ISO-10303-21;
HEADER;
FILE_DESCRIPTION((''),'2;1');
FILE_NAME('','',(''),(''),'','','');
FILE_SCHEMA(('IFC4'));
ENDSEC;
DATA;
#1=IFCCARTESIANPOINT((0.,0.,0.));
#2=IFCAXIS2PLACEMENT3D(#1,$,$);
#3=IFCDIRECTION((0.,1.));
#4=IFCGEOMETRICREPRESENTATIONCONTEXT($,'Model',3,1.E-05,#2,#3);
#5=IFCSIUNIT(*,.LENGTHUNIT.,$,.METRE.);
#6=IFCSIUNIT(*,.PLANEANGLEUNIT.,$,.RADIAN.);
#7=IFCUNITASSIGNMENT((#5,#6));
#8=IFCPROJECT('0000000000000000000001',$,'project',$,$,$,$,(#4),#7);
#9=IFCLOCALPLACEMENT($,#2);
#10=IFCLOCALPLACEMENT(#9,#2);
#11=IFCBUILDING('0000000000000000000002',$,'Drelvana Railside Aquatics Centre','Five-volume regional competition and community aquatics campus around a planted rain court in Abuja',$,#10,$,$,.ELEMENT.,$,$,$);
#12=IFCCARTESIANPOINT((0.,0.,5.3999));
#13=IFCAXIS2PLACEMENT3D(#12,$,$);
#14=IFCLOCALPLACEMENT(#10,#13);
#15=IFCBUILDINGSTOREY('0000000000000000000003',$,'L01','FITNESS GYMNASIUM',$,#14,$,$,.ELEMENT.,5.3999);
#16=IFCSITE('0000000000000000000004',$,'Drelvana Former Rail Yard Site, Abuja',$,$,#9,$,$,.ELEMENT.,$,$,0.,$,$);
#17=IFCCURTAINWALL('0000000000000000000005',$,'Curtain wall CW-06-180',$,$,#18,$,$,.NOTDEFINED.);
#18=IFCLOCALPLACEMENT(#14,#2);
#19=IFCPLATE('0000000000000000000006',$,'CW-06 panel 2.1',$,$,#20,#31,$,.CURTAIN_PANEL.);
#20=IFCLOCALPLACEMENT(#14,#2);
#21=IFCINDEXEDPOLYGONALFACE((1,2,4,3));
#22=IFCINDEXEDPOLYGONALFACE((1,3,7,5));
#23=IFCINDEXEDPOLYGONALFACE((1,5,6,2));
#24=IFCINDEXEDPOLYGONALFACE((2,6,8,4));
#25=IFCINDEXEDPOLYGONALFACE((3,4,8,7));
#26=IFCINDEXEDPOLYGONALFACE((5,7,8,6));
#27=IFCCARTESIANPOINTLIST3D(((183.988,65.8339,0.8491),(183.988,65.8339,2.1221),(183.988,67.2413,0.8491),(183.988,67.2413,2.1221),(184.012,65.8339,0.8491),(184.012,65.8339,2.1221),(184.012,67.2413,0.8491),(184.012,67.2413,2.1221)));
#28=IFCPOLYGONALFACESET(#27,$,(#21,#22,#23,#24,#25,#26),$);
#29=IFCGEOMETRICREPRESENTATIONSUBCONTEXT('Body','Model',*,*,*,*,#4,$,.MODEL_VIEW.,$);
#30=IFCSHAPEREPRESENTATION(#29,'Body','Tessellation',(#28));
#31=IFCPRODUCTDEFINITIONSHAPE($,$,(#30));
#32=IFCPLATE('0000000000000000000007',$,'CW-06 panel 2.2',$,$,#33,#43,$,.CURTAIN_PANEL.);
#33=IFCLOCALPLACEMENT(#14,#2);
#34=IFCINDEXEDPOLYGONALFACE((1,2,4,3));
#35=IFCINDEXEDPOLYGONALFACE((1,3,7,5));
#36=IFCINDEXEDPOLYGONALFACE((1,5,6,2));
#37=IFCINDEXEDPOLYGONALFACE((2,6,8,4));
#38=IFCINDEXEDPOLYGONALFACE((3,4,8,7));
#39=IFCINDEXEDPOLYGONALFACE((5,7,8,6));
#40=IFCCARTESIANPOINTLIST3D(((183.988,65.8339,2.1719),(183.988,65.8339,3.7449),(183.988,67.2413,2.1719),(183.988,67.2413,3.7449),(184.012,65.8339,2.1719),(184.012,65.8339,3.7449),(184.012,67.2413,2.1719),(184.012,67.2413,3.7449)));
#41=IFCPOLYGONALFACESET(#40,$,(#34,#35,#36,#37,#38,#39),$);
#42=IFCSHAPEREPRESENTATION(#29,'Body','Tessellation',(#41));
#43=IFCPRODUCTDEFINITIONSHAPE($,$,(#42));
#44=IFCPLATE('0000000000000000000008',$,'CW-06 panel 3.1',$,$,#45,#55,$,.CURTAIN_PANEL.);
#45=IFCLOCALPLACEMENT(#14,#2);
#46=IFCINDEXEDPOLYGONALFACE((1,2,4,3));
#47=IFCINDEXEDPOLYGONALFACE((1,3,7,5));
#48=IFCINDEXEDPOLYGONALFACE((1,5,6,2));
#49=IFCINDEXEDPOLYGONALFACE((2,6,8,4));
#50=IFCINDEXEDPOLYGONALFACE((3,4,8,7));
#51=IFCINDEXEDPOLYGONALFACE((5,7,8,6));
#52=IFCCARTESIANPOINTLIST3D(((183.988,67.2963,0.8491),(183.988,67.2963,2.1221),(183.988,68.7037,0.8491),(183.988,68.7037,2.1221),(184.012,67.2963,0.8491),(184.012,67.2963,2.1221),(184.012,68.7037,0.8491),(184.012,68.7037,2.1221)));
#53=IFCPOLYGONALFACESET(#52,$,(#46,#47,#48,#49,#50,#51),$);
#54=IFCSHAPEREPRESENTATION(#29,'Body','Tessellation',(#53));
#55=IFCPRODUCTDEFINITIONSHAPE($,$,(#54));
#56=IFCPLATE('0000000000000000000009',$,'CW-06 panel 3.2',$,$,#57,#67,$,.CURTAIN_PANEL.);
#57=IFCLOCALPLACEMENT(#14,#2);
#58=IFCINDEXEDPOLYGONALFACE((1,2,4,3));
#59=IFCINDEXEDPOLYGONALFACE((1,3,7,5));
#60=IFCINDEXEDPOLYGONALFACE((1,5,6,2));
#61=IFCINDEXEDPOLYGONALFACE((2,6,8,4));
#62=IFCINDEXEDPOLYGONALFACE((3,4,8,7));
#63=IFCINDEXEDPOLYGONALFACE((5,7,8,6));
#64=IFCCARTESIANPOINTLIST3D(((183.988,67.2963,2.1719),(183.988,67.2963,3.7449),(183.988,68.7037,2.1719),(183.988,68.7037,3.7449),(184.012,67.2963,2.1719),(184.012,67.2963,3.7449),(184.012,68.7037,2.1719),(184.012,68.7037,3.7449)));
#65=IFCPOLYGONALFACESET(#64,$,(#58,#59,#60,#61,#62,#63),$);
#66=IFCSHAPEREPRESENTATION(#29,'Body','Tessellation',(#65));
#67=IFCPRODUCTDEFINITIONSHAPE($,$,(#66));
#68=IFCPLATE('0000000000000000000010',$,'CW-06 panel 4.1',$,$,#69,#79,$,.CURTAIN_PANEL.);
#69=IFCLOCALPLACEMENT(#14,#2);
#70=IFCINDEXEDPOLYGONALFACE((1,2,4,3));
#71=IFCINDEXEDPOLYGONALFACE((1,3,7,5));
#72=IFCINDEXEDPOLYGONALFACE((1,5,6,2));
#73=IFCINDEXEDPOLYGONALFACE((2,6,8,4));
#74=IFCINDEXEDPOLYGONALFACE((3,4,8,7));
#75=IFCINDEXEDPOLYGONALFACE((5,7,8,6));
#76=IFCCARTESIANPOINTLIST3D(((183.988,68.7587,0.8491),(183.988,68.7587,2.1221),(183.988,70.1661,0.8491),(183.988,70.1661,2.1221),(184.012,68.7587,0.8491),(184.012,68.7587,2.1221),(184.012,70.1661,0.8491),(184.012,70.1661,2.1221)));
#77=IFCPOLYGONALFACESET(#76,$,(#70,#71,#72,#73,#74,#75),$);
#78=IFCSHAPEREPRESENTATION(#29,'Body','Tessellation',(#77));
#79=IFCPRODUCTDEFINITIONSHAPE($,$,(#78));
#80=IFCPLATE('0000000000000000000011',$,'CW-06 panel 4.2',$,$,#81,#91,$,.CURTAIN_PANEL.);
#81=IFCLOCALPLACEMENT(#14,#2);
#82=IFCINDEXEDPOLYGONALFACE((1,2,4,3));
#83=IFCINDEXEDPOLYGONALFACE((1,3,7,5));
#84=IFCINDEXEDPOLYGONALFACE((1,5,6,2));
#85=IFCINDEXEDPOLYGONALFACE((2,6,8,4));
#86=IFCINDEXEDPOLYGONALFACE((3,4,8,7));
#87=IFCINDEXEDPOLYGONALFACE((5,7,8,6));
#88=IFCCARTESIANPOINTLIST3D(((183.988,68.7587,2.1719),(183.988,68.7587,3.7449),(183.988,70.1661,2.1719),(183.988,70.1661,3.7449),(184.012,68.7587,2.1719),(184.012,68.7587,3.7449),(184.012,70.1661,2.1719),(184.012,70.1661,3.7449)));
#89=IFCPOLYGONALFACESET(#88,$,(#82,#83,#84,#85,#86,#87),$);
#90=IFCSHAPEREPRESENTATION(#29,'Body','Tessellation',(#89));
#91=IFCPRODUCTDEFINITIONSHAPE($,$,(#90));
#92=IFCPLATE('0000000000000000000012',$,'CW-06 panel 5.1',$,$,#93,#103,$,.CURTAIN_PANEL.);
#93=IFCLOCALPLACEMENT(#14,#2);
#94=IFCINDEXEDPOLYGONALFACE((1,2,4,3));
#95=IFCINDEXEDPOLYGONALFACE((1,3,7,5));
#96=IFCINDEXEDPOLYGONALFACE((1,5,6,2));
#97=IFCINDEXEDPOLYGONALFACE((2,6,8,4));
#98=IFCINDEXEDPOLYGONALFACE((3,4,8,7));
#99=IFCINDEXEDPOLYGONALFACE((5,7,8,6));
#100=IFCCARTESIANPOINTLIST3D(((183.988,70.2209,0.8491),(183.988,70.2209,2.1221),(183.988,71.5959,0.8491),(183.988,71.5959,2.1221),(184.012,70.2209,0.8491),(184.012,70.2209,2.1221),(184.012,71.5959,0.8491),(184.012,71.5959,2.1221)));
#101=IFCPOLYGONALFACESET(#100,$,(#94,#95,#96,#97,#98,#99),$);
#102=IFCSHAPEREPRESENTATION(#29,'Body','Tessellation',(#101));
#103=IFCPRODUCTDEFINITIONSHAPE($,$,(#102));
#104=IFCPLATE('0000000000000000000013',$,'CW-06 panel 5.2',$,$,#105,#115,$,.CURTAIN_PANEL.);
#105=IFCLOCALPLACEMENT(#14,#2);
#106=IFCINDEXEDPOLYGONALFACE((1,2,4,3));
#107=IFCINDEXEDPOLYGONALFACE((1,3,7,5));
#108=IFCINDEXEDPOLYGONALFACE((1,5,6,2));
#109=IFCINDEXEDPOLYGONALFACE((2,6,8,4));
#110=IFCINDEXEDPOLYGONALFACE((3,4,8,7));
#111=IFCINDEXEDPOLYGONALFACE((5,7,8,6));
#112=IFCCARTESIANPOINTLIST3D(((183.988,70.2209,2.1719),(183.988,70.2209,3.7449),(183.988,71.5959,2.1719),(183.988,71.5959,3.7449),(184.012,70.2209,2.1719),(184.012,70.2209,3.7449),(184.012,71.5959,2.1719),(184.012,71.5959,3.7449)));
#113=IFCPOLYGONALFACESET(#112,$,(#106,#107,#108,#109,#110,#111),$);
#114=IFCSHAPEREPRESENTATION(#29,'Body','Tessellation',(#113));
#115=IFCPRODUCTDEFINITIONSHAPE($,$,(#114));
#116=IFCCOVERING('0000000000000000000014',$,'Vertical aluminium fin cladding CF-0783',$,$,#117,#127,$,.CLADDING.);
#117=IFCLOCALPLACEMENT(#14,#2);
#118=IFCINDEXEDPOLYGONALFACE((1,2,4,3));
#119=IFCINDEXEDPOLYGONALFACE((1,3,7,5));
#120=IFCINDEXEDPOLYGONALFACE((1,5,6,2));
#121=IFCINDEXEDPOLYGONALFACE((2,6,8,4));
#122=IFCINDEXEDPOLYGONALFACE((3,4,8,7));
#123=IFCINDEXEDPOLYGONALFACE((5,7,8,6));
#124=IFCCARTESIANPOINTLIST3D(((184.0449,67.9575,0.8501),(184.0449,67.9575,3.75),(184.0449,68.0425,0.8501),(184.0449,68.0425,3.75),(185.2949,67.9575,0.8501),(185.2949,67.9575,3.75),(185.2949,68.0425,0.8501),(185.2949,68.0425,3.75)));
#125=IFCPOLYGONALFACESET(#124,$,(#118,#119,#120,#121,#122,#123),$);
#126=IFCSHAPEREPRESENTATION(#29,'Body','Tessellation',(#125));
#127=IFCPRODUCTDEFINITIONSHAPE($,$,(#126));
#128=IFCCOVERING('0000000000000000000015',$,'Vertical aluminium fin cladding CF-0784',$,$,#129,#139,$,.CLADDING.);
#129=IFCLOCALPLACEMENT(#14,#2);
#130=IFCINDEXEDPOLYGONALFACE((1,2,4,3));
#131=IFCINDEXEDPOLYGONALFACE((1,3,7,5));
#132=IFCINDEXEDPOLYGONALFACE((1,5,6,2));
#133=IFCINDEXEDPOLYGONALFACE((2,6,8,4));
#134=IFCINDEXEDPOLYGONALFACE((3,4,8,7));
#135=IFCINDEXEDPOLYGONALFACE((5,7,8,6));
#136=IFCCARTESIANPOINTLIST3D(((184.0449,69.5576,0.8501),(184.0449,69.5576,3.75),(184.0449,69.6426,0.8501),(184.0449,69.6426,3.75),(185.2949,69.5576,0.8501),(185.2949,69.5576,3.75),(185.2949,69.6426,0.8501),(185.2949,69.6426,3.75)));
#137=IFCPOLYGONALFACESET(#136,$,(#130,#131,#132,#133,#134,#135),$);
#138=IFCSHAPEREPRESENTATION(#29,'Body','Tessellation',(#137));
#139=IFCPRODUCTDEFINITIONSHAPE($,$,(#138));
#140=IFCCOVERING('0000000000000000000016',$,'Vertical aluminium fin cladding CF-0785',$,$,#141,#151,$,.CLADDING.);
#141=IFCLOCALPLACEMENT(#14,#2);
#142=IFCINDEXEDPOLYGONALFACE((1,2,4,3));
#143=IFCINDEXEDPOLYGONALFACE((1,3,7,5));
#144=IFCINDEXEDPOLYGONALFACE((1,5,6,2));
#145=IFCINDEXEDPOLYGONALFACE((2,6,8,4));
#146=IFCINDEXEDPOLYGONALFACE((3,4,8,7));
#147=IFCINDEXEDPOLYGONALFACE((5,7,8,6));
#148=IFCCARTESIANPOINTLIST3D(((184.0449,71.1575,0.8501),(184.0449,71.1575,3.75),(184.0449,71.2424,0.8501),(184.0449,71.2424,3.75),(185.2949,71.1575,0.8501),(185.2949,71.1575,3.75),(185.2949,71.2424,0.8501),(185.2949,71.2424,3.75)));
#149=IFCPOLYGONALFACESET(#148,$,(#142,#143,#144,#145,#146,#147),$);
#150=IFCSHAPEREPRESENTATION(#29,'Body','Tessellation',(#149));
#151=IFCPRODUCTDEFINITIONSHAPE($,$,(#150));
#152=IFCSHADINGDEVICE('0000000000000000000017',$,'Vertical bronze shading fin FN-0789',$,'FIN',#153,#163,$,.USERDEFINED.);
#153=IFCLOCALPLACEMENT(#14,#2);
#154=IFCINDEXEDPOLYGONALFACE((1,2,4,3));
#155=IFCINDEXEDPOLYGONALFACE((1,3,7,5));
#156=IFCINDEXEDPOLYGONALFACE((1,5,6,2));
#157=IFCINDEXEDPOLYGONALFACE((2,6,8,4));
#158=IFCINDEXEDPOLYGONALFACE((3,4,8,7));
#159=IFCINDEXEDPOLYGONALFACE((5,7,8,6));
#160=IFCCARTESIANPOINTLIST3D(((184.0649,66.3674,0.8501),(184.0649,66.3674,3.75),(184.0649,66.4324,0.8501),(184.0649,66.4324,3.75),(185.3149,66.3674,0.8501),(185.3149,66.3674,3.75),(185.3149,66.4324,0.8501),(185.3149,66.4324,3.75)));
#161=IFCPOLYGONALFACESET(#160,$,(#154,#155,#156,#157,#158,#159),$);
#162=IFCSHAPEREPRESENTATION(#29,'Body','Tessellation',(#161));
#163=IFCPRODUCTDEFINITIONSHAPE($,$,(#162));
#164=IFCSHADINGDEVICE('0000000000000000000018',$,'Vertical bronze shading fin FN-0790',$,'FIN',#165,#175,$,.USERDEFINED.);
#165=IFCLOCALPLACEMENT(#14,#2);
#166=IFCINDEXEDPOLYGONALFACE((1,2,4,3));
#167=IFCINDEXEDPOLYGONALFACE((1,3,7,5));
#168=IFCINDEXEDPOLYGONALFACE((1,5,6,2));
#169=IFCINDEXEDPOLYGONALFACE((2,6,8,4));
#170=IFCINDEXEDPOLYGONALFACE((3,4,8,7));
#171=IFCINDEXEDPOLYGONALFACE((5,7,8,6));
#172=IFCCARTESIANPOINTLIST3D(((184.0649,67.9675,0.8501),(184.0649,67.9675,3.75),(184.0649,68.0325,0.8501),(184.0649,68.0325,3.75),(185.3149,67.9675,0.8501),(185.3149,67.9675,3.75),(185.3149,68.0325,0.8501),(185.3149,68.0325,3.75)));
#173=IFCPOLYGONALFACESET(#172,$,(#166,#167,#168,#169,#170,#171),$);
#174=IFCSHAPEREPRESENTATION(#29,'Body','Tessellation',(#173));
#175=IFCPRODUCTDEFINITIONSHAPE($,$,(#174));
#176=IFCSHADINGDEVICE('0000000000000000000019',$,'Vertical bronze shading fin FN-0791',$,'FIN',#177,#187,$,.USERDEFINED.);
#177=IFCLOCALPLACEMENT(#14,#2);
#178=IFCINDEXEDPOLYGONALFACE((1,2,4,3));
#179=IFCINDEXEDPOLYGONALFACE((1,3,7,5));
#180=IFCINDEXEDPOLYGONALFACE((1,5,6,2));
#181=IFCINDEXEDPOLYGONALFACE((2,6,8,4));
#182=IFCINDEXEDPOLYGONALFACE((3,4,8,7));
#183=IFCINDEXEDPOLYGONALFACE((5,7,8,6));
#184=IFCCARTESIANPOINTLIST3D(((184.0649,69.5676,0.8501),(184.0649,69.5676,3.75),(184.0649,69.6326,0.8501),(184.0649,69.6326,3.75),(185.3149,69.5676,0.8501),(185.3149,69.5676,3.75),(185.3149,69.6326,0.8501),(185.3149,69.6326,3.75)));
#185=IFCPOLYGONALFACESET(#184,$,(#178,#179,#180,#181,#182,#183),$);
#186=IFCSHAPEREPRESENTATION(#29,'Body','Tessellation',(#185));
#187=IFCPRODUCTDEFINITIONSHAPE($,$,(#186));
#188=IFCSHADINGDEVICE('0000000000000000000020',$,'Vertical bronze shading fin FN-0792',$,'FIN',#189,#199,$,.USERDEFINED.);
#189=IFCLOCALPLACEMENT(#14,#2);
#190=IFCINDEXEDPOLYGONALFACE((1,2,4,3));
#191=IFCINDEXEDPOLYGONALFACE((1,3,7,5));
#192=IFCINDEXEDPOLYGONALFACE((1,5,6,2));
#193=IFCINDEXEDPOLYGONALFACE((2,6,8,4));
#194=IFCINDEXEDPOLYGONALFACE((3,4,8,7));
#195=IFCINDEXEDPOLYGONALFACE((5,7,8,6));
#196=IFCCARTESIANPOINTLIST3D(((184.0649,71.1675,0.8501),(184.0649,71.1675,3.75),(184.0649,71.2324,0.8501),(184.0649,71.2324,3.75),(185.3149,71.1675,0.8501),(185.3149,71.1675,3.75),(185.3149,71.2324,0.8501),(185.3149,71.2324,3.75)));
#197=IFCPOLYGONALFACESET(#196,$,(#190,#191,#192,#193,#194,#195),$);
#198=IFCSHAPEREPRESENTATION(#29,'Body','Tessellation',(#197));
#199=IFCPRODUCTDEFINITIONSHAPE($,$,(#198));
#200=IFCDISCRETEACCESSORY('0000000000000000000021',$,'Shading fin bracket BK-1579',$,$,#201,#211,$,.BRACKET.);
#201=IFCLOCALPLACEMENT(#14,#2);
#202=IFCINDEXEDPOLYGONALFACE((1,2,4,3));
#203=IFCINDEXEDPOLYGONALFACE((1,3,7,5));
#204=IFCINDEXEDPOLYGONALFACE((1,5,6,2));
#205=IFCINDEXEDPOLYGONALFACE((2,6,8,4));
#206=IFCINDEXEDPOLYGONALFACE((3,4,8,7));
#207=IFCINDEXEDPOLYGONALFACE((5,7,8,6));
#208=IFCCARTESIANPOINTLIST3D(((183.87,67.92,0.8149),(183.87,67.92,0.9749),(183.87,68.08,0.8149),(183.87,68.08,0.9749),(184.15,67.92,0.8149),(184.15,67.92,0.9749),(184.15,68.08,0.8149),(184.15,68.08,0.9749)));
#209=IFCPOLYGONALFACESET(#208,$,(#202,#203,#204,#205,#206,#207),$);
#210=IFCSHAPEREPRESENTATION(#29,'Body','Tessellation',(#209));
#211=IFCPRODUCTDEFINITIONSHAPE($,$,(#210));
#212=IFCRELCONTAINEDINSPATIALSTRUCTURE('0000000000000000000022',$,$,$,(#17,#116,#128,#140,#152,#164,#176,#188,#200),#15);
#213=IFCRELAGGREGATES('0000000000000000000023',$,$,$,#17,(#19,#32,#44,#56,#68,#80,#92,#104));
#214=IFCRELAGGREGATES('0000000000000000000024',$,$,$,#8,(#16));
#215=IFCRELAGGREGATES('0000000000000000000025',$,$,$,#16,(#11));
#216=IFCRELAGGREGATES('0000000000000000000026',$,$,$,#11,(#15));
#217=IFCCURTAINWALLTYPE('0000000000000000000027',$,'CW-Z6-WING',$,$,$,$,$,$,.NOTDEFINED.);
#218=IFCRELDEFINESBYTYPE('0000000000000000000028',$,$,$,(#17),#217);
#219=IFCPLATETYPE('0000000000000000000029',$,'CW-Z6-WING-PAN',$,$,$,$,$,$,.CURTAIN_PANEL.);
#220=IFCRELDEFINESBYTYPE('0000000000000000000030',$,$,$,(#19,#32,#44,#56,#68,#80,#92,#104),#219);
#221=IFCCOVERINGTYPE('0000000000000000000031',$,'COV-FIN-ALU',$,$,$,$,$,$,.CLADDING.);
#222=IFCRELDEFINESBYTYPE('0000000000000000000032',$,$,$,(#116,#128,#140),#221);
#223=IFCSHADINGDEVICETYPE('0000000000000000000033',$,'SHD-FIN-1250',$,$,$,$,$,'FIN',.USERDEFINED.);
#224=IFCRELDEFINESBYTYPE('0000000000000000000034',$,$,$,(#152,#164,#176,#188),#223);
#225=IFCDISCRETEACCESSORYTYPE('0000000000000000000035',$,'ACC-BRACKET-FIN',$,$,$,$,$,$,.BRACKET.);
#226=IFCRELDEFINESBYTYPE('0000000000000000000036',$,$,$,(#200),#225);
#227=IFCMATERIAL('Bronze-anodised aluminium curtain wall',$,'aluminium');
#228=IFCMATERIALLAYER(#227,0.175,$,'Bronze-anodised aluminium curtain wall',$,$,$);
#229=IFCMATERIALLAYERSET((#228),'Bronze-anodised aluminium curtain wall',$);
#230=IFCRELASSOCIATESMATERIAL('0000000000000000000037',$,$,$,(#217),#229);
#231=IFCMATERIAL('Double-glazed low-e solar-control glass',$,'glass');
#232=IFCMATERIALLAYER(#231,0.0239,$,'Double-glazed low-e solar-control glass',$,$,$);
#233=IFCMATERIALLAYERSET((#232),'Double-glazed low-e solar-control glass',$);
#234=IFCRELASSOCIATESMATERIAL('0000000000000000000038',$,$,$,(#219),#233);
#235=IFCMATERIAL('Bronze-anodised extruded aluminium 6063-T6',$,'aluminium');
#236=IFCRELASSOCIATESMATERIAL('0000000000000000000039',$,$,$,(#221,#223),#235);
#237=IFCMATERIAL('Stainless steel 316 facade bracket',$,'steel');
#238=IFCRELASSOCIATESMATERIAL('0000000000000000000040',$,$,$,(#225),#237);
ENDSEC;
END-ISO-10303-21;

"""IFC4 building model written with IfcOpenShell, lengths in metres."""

from ifc_helpers import new_model, si_unit, direction, frame, origin, origin_2d, place, context, subcontext, project, spatial, rectangle, extrude, material, layer, layer_set, type_object, element, aggregate, save


model = new_model("IFC4")

# Units and contexts
model_context = context("Model", 3, precision=1e-05, world=origin(), true_north=direction((0.0, 1.0)))
body_context = subcontext(model_context, "Body", "Model", "MODEL_VIEW")
ifc_project = project(units=[si_unit("LENGTHUNIT", "METRE"), si_unit("PLANEANGLEUNIT", "RADIAN")], contexts=[model_context])

# Site, building, storey
site_placement = place(None, origin())
site = spatial("IfcSite", under=ifc_project, at=site_placement, Name="Drelvana Former Rail Yard Site, Abuja", CompositionType="ELEMENT", RefElevation=0.0)
building_placement = place(site_placement, origin())
building = spatial("IfcBuilding", under=site, at=building_placement, Name="Drelvana Railside Aquatics Centre", Description="Five-volume regional competition and community aquatics campus around a planted rain court in Abuja", CompositionType="ELEMENT")
storey_placement = place(building_placement, frame((0.0, 0.0, 5.3999)))
storey = spatial("IfcBuildingStorey", under=building, at=storey_placement, Name="L01", Description="FITNESS GYMNASIUM", CompositionType="ELEMENT", Elevation=5.3999)

# Curtain wall, plates
ifc_material_1 = material(Name="Bronze-anodised aluminium curtain wall", Category="aluminium")
ifc_layer_1 = layer(ifc_material_1, 0.175, Name="Bronze-anodised aluminium curtain wall")
ifc_layer_set_1 = layer_set([ifc_layer_1], Name="Bronze-anodised aluminium curtain wall")
curtain_wall_type = type_object("IfcCurtainWallType", Name="CW-Z6-WING", PredefinedType="NOTDEFINED", material=ifc_layer_set_1)
curtain_wall_placement = place(storey_placement, origin())
curtain_wall = element("IfcCurtainWall", 1, at=curtain_wall_placement, inside=storey, type_object=curtain_wall_type, Name="Curtain wall CW-06-180", PredefinedType="NOTDEFINED")
ifc_material_2 = material(Name="Double-glazed low-e solar-control glass", Category="glass")
ifc_layer_2 = layer(ifc_material_2, 0.0239, Name="Double-glazed low-e solar-control glass")
ifc_layer_set_2 = layer_set([ifc_layer_2], Name="Double-glazed low-e solar-control glass")
plate_type = type_object("IfcPlateType", Name="CW-Z6-WING-PAN", PredefinedType="CURTAIN_PANEL", material=ifc_layer_set_2)
plate_1_placement = place(storey_placement, frame((184.0, 66.5376, 0.8491), z_axis=(0.0, 0.0, 1.0), x_axis=(0.0, 1.0, 0.0)))
plate_1 = element("IfcPlate", 2, at=plate_1_placement, type_object=plate_type, Name="CW-06 panel 2.1", PredefinedType="CURTAIN_PANEL", context=body_context, shape_type="SweptSolid", body=[
    extrude(rectangle(XDim=1.4075, YDim=0.0239, at=origin_2d()), origin(), (0.0, 0.0, 1.0), 1.2729),
])
plate_2_placement = place(storey_placement, frame((184.0, 66.5376, 2.1719), z_axis=(0.0, 0.0, 1.0), x_axis=(0.0, 1.0, 0.0)))
plate_2 = element("IfcPlate", 3, at=plate_2_placement, type_object=plate_type, Name="CW-06 panel 2.2", PredefinedType="CURTAIN_PANEL", context=body_context, shape_type="SweptSolid", body=[
    extrude(rectangle(XDim=1.4075, YDim=0.0239, at=origin_2d()), origin(), (0.0, 0.0, 1.0), 1.573),
])
plate_3_placement = place(storey_placement, frame((184.0, 68.0, 0.8491), z_axis=(0.0, 0.0, 1.0), x_axis=(0.0, 1.0, 0.0)))
plate_3 = element("IfcPlate", 4, at=plate_3_placement, type_object=plate_type, Name="CW-06 panel 3.1", PredefinedType="CURTAIN_PANEL", context=body_context, shape_type="SweptSolid", body=[
    extrude(rectangle(XDim=1.4075, YDim=0.0239, at=origin_2d()), origin(), (0.0, 0.0, 1.0), 1.2729),
])
plate_4_placement = place(storey_placement, frame((184.0, 68.0, 2.1719), z_axis=(0.0, 0.0, 1.0), x_axis=(0.0, 1.0, 0.0)))
plate_4 = element("IfcPlate", 5, at=plate_4_placement, type_object=plate_type, Name="CW-06 panel 3.2", PredefinedType="CURTAIN_PANEL", context=body_context, shape_type="SweptSolid", body=[
    extrude(rectangle(XDim=1.4075, YDim=0.0239, at=origin_2d()), origin(), (0.0, 0.0, 1.0), 1.573),
])
plate_5_placement = place(storey_placement, frame((184.0, 69.4624, 0.8491), z_axis=(0.0, 0.0, 1.0), x_axis=(0.0, 1.0, 0.0)))
plate_5 = element("IfcPlate", 6, at=plate_5_placement, type_object=plate_type, Name="CW-06 panel 4.1", PredefinedType="CURTAIN_PANEL", context=body_context, shape_type="SweptSolid", body=[
    extrude(rectangle(XDim=1.4075, YDim=0.0239, at=origin_2d()), origin(), (0.0, 0.0, 1.0), 1.2729),
])
plate_6_placement = place(storey_placement, frame((184.0, 69.4624, 2.1719), z_axis=(0.0, 0.0, 1.0), x_axis=(0.0, 1.0, 0.0)))
plate_6 = element("IfcPlate", 7, at=plate_6_placement, type_object=plate_type, Name="CW-06 panel 4.2", PredefinedType="CURTAIN_PANEL", context=body_context, shape_type="SweptSolid", body=[
    extrude(rectangle(XDim=1.4075, YDim=0.0239, at=origin_2d()), origin(), (0.0, 0.0, 1.0), 1.573),
])
plate_7_placement = place(storey_placement, frame((184.0, 70.9084, 0.8491), z_axis=(0.0, 0.0, 1.0), x_axis=(0.0, 1.0, 0.0)))
plate_7 = element("IfcPlate", 8, at=plate_7_placement, type_object=plate_type, Name="CW-06 panel 5.1", PredefinedType="CURTAIN_PANEL", context=body_context, shape_type="SweptSolid", body=[
    extrude(rectangle(XDim=1.375, YDim=0.0239, at=origin_2d()), origin(), (0.0, 0.0, 1.0), 1.2729),
])
plate_8_placement = place(storey_placement, frame((184.0, 70.9084, 2.1719), z_axis=(0.0, 0.0, 1.0), x_axis=(0.0, 1.0, 0.0)))
plate_8 = element("IfcPlate", 9, at=plate_8_placement, type_object=plate_type, Name="CW-06 panel 5.2", PredefinedType="CURTAIN_PANEL", context=body_context, shape_type="SweptSolid", body=[
    extrude(rectangle(XDim=1.375, YDim=0.0239, at=origin_2d()), origin(), (0.0, 0.0, 1.0), 1.573),
])
aggregate(curtain_wall, [plate_1, plate_2, plate_3, plate_4, plate_5, plate_6, plate_7, plate_8])

# Coverings
ifc_material_3 = material(Name="Bronze-anodised extruded aluminium 6063-T6", Category="aluminium")
covering_type = type_object("IfcCoveringType", Name="COV-FIN-ALU", PredefinedType="CLADDING", material=ifc_material_3)
for number, where, z_axis, x_axis, name in (
    (10, (184.6699, 68.0, 0.8501), (0.0, 0.0, 1.0), (0.0, -1.0, 0.0), "Vertical aluminium fin cladding CF-0783"),
    (11, (184.6699, 69.6001, 0.8501), (0.0, 0.0, 1.0), (0.0, -1.0, 0.0), "Vertical aluminium fin cladding CF-0784"),
    (12, (184.6699, 71.2, 0.8501), (0.0, 0.0, 1.0), (0.0, -1.0, 0.0), "Vertical aluminium fin cladding CF-0785"),
):
    element("IfcCovering", number, at=place(storey_placement, frame(where, z_axis=z_axis, x_axis=x_axis)), inside=storey, type_object=covering_type, Name=name, PredefinedType="CLADDING", context=body_context, shape_type="SweptSolid", body=[
        extrude(rectangle(XDim=0.085, YDim=1.25, at=origin_2d()), origin(), (0.0, 0.0, 1.0), 2.8999),
    ])

# Shading devices
shading_device_type = type_object("IfcShadingDeviceType", Name="SHD-FIN-1250", ElementType="FIN", PredefinedType="USERDEFINED", material=ifc_material_3)
for number, where, z_axis, x_axis, name in (
    (13, (184.6899, 66.3999, 0.8501), (0.0, 0.0, 1.0), (1.0, 0.0, 0.0), "Vertical bronze shading fin FN-0789"),
    (14, (184.6899, 68.0, 0.8501), (0.0, 0.0, 1.0), (1.0, 0.0, 0.0), "Vertical bronze shading fin FN-0790"),
    (15, (184.6899, 69.6001, 0.8501), (0.0, 0.0, 1.0), (1.0, 0.0, 0.0), "Vertical bronze shading fin FN-0791"),
    (16, (184.6899, 71.2, 0.8501), (0.0, 0.0, 1.0), (1.0, 0.0, 0.0), "Vertical bronze shading fin FN-0792"),
):
    element("IfcShadingDevice", number, at=place(storey_placement, frame(where, z_axis=z_axis, x_axis=x_axis)), inside=storey, type_object=shading_device_type, Name=name, ObjectType="FIN", PredefinedType="USERDEFINED", context=body_context, shape_type="SweptSolid", body=[
        extrude(rectangle(XDim=1.25, YDim=0.0649, at=origin_2d()), origin(), (0.0, 0.0, 1.0), 2.8999),
    ])

# Discrete accessory
ifc_material_4 = material(Name="Stainless steel 316 facade bracket", Category="steel")
discrete_accessory_type = type_object("IfcDiscreteAccessoryType", Name="ACC-BRACKET-FIN", PredefinedType="BRACKET", material=ifc_material_4)
for number, where, z_axis, x_axis, name in (
    (17, (184.01, 68.0, 0.8149), (0.0, 0.0, 1.0), (1.0, 0.0, 0.0), "Shading fin bracket BK-1579"),
):
    element("IfcDiscreteAccessory", number, at=place(storey_placement, frame(where, z_axis=z_axis, x_axis=x_axis)), inside=storey, type_object=discrete_accessory_type, Name=name, PredefinedType="BRACKET", context=body_context, shape_type="SweptSolid", body=[
        extrude(rectangle(XDim=0.28, YDim=0.1599, at=origin_2d()), origin(), (0.0, 0.0, 1.0), 0.1599),
    ])

save(model, "model.ifc")
